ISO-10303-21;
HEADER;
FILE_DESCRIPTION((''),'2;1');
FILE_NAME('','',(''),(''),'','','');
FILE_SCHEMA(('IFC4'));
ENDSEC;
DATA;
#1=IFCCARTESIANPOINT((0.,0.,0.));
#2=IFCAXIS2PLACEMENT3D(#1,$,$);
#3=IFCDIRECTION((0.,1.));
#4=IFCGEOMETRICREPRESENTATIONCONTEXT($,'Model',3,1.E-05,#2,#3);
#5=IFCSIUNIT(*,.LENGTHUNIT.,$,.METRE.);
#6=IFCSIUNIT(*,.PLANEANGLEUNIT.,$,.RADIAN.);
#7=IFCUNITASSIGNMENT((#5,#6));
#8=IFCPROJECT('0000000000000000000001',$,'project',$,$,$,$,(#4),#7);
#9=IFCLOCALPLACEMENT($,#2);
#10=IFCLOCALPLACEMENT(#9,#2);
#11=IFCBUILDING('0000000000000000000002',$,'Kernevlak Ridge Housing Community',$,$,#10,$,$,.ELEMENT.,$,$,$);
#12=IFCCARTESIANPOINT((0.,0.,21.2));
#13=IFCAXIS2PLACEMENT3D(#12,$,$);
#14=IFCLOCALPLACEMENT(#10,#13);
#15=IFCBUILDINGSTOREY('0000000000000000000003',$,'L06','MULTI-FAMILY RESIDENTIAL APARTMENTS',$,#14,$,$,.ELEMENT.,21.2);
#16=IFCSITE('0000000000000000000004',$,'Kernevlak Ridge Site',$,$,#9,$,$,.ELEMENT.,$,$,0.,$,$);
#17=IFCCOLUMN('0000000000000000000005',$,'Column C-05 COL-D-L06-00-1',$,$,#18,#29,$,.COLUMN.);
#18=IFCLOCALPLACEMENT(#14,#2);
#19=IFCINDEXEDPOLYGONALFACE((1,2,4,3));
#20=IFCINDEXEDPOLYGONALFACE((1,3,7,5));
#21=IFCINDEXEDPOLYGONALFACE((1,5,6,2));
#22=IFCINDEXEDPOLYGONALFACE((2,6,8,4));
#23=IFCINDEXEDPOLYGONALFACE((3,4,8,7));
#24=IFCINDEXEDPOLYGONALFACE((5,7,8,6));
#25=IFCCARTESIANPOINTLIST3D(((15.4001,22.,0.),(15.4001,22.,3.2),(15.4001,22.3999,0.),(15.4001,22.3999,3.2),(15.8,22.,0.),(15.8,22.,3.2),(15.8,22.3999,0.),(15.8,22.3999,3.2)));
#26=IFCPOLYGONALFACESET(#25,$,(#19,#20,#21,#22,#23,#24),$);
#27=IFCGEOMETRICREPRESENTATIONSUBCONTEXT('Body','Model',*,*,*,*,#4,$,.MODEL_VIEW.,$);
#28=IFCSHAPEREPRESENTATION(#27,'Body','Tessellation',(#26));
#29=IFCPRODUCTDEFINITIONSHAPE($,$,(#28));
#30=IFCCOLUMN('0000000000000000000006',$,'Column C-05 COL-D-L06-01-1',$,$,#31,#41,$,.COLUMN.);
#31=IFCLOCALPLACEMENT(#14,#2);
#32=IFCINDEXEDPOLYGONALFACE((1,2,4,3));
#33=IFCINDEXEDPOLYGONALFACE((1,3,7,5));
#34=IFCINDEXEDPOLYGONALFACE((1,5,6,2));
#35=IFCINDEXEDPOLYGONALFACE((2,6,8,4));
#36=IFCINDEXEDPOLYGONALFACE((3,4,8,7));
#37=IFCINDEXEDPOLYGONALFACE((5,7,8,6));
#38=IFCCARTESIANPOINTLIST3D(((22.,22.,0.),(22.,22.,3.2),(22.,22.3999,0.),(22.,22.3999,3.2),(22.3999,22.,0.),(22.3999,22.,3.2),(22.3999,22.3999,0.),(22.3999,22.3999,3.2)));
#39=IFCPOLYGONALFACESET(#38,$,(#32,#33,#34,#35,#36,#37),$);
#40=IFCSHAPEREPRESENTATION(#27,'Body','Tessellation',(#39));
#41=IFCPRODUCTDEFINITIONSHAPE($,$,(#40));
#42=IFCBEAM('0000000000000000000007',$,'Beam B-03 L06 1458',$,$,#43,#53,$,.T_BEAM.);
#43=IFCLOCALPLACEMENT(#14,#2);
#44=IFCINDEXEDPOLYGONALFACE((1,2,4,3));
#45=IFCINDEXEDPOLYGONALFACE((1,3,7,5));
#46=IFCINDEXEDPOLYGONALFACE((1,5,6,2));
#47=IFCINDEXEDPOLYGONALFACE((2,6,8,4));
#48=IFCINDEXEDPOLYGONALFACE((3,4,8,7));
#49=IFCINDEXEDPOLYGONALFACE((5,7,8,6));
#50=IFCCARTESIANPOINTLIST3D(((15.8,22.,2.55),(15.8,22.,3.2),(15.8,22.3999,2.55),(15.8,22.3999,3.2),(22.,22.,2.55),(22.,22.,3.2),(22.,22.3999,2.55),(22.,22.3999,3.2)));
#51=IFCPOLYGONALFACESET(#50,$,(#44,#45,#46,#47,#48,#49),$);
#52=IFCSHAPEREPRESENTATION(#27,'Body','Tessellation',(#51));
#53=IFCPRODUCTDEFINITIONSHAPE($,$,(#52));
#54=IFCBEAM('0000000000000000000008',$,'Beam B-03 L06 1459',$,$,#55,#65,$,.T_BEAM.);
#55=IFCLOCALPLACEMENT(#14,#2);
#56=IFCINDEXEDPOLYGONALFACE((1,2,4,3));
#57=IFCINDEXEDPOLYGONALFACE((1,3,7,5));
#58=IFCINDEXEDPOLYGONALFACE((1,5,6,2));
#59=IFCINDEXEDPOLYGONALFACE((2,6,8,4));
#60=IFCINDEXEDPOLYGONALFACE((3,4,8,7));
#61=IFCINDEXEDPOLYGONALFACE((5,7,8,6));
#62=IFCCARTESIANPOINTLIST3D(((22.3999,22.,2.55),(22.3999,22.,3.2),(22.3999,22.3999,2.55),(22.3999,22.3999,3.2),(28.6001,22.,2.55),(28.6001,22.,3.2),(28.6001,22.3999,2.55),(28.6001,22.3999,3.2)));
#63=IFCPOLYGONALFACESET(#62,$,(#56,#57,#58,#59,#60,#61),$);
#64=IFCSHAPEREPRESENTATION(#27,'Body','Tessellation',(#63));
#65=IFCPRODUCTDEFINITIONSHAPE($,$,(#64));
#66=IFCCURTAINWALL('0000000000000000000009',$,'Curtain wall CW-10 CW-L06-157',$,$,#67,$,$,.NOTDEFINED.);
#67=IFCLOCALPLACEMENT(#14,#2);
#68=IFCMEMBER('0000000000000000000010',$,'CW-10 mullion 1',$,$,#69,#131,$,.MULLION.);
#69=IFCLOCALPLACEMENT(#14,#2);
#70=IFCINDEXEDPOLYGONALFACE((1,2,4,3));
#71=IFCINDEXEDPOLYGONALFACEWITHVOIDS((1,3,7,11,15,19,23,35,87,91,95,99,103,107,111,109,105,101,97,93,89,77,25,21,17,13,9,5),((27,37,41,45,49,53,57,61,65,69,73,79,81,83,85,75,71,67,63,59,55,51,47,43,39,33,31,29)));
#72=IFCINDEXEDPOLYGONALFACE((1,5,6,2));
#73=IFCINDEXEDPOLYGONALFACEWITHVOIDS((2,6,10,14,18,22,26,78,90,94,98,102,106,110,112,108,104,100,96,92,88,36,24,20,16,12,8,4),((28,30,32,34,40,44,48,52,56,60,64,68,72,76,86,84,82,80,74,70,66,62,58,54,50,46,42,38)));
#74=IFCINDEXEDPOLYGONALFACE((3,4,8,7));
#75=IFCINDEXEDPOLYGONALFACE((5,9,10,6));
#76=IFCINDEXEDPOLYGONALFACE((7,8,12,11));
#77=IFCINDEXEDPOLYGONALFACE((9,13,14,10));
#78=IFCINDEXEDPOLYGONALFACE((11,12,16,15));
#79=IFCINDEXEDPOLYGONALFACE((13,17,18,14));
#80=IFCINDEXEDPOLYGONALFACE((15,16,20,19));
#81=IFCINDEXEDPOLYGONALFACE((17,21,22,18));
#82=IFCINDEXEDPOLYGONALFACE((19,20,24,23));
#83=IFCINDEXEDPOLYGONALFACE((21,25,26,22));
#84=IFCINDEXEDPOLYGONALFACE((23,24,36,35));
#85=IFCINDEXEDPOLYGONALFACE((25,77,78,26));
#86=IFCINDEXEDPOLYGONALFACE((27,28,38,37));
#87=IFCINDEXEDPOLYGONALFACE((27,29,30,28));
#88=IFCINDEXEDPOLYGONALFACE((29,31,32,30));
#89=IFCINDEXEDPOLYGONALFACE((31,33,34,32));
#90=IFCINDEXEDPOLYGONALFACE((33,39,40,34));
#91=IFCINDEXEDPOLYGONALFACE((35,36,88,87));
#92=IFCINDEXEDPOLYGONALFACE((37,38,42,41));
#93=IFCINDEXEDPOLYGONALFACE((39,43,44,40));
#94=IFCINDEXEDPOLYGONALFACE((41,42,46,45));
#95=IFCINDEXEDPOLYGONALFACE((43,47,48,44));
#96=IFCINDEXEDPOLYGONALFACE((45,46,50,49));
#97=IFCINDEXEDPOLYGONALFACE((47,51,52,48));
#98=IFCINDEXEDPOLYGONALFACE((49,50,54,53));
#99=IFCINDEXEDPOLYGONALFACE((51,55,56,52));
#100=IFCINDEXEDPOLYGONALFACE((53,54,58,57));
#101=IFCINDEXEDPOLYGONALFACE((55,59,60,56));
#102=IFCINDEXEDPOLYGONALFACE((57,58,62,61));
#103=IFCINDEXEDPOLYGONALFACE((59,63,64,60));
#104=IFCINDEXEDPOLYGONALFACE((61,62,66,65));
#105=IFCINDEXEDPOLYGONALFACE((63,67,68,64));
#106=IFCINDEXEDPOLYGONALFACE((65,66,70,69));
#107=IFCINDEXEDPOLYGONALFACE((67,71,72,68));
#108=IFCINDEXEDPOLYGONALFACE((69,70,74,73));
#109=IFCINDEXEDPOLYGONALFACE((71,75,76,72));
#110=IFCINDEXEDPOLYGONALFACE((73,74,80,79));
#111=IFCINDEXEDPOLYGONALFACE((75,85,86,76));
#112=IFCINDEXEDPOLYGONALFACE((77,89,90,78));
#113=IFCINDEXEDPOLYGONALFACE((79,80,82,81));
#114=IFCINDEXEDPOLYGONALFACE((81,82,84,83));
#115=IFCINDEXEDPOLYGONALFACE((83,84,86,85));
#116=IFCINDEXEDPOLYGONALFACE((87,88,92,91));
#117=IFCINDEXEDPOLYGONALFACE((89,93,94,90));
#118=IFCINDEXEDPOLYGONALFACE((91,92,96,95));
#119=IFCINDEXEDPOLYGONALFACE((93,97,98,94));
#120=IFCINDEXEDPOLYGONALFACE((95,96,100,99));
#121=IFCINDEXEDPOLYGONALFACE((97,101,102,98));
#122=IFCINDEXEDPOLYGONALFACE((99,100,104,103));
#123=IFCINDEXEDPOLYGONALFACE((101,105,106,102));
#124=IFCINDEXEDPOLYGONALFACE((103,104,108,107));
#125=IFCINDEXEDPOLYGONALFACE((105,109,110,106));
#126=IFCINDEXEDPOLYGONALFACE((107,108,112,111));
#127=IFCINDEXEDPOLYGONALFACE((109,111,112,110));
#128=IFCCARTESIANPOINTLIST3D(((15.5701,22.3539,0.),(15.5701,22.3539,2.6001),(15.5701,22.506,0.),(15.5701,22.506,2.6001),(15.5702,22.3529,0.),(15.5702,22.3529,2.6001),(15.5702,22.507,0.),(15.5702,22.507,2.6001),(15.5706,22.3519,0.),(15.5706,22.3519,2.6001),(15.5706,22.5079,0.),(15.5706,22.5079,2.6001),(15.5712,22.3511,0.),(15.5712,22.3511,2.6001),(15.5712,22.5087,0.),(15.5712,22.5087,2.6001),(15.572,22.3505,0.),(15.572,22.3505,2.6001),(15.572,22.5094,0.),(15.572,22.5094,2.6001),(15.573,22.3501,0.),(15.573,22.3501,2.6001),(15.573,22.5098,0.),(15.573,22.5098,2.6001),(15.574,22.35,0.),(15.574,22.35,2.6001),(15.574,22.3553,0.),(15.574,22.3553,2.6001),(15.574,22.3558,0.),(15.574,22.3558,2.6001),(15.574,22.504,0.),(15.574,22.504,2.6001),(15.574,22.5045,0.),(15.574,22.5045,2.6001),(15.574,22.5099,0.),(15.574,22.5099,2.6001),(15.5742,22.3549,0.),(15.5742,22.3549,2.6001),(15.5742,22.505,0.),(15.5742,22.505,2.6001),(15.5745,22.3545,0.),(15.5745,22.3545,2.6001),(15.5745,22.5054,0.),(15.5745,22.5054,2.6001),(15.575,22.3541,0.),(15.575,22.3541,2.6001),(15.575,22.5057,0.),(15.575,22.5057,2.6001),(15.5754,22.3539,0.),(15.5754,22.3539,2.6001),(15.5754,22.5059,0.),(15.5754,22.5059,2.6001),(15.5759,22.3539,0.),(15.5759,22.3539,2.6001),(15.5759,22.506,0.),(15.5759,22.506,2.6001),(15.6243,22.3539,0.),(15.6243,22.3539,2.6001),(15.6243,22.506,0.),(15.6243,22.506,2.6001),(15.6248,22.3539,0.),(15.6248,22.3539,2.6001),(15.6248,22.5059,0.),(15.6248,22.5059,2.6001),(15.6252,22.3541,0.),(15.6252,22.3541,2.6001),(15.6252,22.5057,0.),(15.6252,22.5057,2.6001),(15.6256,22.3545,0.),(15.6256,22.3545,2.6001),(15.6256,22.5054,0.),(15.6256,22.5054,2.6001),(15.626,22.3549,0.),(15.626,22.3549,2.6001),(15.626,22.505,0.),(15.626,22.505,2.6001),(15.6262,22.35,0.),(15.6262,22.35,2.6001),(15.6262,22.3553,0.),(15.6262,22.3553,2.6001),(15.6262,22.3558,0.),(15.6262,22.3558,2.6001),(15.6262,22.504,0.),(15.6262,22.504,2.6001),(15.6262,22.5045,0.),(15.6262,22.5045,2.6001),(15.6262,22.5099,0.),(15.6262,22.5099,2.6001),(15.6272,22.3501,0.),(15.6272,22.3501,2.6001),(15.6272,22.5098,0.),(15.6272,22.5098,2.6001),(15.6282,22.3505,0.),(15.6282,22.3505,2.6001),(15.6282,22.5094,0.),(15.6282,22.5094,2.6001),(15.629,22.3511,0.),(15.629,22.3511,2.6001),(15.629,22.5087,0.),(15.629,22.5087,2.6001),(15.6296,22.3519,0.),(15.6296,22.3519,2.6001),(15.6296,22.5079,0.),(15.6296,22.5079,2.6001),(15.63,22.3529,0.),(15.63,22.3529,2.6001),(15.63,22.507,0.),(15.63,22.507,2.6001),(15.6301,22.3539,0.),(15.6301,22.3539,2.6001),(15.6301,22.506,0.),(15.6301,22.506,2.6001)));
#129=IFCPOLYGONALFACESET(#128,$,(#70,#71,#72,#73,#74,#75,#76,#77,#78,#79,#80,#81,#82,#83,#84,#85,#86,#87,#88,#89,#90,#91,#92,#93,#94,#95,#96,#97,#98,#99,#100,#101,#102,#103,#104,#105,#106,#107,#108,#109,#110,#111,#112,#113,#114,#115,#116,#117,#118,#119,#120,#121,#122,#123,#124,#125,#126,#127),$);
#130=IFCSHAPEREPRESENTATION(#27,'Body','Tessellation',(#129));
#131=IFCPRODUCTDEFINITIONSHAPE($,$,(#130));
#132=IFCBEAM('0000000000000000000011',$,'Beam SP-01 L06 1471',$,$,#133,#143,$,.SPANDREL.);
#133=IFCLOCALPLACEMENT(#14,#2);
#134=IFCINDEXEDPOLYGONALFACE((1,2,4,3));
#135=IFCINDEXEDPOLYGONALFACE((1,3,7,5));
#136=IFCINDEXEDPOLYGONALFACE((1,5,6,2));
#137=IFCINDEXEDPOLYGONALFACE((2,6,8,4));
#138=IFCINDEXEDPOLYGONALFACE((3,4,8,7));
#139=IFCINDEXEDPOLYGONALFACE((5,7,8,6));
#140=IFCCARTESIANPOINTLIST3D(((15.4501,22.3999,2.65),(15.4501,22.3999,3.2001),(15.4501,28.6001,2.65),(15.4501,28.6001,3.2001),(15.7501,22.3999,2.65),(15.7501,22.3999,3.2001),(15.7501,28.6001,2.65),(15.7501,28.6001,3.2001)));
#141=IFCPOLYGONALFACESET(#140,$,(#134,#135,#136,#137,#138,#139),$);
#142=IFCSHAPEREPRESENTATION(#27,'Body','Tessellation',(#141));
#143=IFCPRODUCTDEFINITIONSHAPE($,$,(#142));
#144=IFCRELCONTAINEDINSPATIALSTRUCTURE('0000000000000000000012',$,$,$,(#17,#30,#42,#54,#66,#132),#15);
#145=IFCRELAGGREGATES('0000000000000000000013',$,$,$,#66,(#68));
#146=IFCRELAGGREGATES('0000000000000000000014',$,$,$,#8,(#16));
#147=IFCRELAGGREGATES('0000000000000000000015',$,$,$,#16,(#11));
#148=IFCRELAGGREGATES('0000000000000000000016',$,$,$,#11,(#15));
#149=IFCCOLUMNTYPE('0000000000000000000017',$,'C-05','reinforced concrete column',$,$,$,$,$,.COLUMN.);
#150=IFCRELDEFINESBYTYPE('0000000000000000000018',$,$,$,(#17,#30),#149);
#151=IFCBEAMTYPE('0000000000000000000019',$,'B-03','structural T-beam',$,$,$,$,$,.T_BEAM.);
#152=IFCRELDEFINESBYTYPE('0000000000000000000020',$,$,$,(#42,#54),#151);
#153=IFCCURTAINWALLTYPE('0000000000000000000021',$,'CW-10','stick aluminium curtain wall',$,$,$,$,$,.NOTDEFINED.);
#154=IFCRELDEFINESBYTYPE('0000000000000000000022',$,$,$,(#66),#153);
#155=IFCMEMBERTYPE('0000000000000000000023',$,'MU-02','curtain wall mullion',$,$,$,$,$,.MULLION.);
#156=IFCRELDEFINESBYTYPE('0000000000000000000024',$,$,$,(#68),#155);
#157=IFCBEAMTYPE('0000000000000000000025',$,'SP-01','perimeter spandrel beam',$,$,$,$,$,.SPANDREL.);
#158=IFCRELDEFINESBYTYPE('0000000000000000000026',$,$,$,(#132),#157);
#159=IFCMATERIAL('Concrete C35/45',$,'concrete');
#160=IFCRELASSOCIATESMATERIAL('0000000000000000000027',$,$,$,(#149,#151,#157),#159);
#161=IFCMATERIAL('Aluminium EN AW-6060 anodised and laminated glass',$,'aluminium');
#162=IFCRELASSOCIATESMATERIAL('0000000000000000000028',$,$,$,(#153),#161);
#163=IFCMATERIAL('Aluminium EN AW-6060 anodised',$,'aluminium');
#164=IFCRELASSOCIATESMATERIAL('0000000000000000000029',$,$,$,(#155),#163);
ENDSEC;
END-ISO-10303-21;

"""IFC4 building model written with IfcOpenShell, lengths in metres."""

from ifc_helpers import new_model, si_unit, direction, frame, origin, origin_2d, place, context, subcontext, project, spatial, rectangle, hollow_rectangle, extrude, material, material_profile, profile_set, type_object, element, aggregate, save


model = new_model("IFC4")

# Units and contexts
model_context = context("Model", 3, precision=1e-05, world=origin(), true_north=direction((0.0, 1.0)))
body_context = subcontext(model_context, "Body", "Model", "MODEL_VIEW")
ifc_project = project(units=[si_unit("LENGTHUNIT", "METRE"), si_unit("PLANEANGLEUNIT", "RADIAN")], contexts=[model_context])

# Site, building, storey
site_placement = place(None, origin())
site = spatial("IfcSite", under=ifc_project, at=site_placement, Name="Kernevlak Ridge Site", CompositionType="ELEMENT", RefElevation=0.0)
building_placement = place(site_placement, origin())
building = spatial("IfcBuilding", under=site, at=building_placement, Name="Kernevlak Ridge Housing Community", CompositionType="ELEMENT")
storey_placement = place(building_placement, frame((0.0, 0.0, 21.2)))
storey = spatial("IfcBuildingStorey", under=building, at=storey_placement, Name="L06", Description="MULTI-FAMILY RESIDENTIAL APARTMENTS", CompositionType="ELEMENT", Elevation=21.2)

# Columns
ifc_material_1 = material(Name="Concrete C35/45", Category="concrete")
ifc_material_profile_1 = material_profile(ifc_material_1, rectangle(XDim=0.3999, YDim=0.3999, at=origin_2d()), Name="RC 400x400")
ifc_profile_set_1 = profile_set([ifc_material_profile_1], Name="Concrete C35/45")
column_type = type_object("IfcColumnType", Name="C-05", Description="reinforced concrete column", PredefinedType="COLUMN", material=ifc_profile_set_1)
for number, where, z_axis, x_axis, name in (
    (1, (15.6001, 22.2, 0.0), (0.0, 0.0, 1.0), (1.0, 0.0, 0.0), "Column C-05 COL-D-L06-00-1"),
    (2, (22.2, 22.2, 0.0), (0.0, 0.0, 1.0), (1.0, 0.0, 0.0), "Column C-05 COL-D-L06-01-1"),
):
    element("IfcColumn", number, at=place(storey_placement, frame(where, z_axis=z_axis, x_axis=x_axis)), inside=storey, type_object=column_type, Name=name, PredefinedType="COLUMN", context=body_context, shape_type="SweptSolid", body=[
        extrude(rectangle(XDim=0.3999, YDim=0.3999, at=origin_2d()), origin(), (0.0, 0.0, 1.0), 3.2),
    ])

# Beams
ifc_material_profile_2 = material_profile(ifc_material_1, rectangle(XDim=0.3999, YDim=0.6499, at=origin_2d()), Name="RC 400x650")
ifc_profile_set_2 = profile_set([ifc_material_profile_2], Name="Concrete C35/45")
beam_type_1 = type_object("IfcBeamType", Name="B-03", Description="structural T-beam", PredefinedType="T_BEAM", material=ifc_profile_set_2)
beam_1_placement = place(storey_placement, frame((15.8, 22.2, 2.875), z_axis=(1.0, 0.0, 0.0), x_axis=(0.0, 1.0, 0.0)))
element("IfcBeam", 3, at=beam_1_placement, inside=storey, type_object=beam_type_1, Name="Beam B-03 L06 1458", PredefinedType="T_BEAM", context=body_context, shape_type="SweptSolid", body=[
    extrude(rectangle(XDim=0.3999, YDim=0.6499, at=origin_2d()), origin(), (0.0, 0.0, 1.0), 6.2),
])
beam_2_placement = place(storey_placement, frame((22.3999, 22.2, 2.875), z_axis=(1.0, 0.0, 0.0), x_axis=(0.0, 1.0, 0.0)))
element("IfcBeam", 4, at=beam_2_placement, inside=storey, type_object=beam_type_1, Name="Beam B-03 L06 1459", PredefinedType="T_BEAM", context=body_context, shape_type="SweptSolid", body=[
    extrude(rectangle(XDim=0.3999, YDim=0.6499, at=origin_2d()), origin(), (0.0, 0.0, 1.0), 6.2002),
])

# Curtain wall, member
ifc_material_2 = material(Name="Aluminium EN AW-6060 anodised and laminated glass", Category="aluminium")
curtain_wall_type = type_object("IfcCurtainWallType", Name="CW-10", Description="stick aluminium curtain wall", PredefinedType="NOTDEFINED", material=ifc_material_2)
curtain_wall_placement = place(storey_placement, origin())
curtain_wall = element("IfcCurtainWall", 5, at=curtain_wall_placement, inside=storey, type_object=curtain_wall_type, Name="Curtain wall CW-10 CW-L06-157", PredefinedType="NOTDEFINED")
ifc_material_3 = material(Name="Aluminium EN AW-6060 anodised", Category="aluminium")
ifc_material_profile_3 = material_profile(ifc_material_3, hollow_rectangle(XDim=0.0601, YDim=0.1599, WallThickness=0.0039, InnerFilletRadius=0.002, OuterFilletRadius=0.0039, at=origin_2d()), Name="ALU 60x160x4")
ifc_profile_set_3 = profile_set([ifc_material_profile_3], Name="Aluminium EN AW-6060 anodised")
member_type_1 = type_object("IfcMemberType", Name="MU-02", Description="curtain wall mullion", PredefinedType="MULLION", material=ifc_profile_set_3)
member_1_placement = place(storey_placement, frame((15.6001, 22.4299, 0.0), z_axis=(0.0, 0.0, 1.0), x_axis=(-1.0, 0.0, 0.0)))
member_1 = element("IfcMember", 6, at=member_1_placement, type_object=member_type_1, Name="CW-10 mullion 1", PredefinedType="MULLION", context=body_context, shape_type="SweptSolid", body=[
    extrude(hollow_rectangle(XDim=0.0601, YDim=0.1599, WallThickness=0.0039, InnerFilletRadius=0.002, OuterFilletRadius=0.0039, at=origin_2d()), origin(), (0.0, 0.0, 1.0), 2.6001),
])

# Beam
ifc_material_profile_4 = material_profile(ifc_material_1, rectangle(XDim=0.3, YDim=0.55, at=origin_2d()), Name="RC 300x550")
ifc_profile_set_4 = profile_set([ifc_material_profile_4], Name="Concrete C35/45")
beam_type_2 = type_object("IfcBeamType", Name="SP-01", Description="perimeter spandrel beam", PredefinedType="SPANDREL", material=ifc_profile_set_4)
beam_3_placement = place(storey_placement, frame((15.6001, 22.3999, 2.925), z_axis=(0.0, 1.0, 0.0), x_axis=(-1.0, 0.0, 0.0)))
element("IfcBeam", 7, at=beam_3_placement, inside=storey, type_object=beam_type_2, Name="Beam SP-01 L06 1471", PredefinedType="SPANDREL", context=body_context, shape_type="SweptSolid", body=[
    extrude(rectangle(XDim=0.3, YDim=0.55, at=origin_2d()), origin(), (0.0, 0.0, 1.0), 6.2002),
])

aggregate(curtain_wall, [member_1])

save(model, "model.ifc")
